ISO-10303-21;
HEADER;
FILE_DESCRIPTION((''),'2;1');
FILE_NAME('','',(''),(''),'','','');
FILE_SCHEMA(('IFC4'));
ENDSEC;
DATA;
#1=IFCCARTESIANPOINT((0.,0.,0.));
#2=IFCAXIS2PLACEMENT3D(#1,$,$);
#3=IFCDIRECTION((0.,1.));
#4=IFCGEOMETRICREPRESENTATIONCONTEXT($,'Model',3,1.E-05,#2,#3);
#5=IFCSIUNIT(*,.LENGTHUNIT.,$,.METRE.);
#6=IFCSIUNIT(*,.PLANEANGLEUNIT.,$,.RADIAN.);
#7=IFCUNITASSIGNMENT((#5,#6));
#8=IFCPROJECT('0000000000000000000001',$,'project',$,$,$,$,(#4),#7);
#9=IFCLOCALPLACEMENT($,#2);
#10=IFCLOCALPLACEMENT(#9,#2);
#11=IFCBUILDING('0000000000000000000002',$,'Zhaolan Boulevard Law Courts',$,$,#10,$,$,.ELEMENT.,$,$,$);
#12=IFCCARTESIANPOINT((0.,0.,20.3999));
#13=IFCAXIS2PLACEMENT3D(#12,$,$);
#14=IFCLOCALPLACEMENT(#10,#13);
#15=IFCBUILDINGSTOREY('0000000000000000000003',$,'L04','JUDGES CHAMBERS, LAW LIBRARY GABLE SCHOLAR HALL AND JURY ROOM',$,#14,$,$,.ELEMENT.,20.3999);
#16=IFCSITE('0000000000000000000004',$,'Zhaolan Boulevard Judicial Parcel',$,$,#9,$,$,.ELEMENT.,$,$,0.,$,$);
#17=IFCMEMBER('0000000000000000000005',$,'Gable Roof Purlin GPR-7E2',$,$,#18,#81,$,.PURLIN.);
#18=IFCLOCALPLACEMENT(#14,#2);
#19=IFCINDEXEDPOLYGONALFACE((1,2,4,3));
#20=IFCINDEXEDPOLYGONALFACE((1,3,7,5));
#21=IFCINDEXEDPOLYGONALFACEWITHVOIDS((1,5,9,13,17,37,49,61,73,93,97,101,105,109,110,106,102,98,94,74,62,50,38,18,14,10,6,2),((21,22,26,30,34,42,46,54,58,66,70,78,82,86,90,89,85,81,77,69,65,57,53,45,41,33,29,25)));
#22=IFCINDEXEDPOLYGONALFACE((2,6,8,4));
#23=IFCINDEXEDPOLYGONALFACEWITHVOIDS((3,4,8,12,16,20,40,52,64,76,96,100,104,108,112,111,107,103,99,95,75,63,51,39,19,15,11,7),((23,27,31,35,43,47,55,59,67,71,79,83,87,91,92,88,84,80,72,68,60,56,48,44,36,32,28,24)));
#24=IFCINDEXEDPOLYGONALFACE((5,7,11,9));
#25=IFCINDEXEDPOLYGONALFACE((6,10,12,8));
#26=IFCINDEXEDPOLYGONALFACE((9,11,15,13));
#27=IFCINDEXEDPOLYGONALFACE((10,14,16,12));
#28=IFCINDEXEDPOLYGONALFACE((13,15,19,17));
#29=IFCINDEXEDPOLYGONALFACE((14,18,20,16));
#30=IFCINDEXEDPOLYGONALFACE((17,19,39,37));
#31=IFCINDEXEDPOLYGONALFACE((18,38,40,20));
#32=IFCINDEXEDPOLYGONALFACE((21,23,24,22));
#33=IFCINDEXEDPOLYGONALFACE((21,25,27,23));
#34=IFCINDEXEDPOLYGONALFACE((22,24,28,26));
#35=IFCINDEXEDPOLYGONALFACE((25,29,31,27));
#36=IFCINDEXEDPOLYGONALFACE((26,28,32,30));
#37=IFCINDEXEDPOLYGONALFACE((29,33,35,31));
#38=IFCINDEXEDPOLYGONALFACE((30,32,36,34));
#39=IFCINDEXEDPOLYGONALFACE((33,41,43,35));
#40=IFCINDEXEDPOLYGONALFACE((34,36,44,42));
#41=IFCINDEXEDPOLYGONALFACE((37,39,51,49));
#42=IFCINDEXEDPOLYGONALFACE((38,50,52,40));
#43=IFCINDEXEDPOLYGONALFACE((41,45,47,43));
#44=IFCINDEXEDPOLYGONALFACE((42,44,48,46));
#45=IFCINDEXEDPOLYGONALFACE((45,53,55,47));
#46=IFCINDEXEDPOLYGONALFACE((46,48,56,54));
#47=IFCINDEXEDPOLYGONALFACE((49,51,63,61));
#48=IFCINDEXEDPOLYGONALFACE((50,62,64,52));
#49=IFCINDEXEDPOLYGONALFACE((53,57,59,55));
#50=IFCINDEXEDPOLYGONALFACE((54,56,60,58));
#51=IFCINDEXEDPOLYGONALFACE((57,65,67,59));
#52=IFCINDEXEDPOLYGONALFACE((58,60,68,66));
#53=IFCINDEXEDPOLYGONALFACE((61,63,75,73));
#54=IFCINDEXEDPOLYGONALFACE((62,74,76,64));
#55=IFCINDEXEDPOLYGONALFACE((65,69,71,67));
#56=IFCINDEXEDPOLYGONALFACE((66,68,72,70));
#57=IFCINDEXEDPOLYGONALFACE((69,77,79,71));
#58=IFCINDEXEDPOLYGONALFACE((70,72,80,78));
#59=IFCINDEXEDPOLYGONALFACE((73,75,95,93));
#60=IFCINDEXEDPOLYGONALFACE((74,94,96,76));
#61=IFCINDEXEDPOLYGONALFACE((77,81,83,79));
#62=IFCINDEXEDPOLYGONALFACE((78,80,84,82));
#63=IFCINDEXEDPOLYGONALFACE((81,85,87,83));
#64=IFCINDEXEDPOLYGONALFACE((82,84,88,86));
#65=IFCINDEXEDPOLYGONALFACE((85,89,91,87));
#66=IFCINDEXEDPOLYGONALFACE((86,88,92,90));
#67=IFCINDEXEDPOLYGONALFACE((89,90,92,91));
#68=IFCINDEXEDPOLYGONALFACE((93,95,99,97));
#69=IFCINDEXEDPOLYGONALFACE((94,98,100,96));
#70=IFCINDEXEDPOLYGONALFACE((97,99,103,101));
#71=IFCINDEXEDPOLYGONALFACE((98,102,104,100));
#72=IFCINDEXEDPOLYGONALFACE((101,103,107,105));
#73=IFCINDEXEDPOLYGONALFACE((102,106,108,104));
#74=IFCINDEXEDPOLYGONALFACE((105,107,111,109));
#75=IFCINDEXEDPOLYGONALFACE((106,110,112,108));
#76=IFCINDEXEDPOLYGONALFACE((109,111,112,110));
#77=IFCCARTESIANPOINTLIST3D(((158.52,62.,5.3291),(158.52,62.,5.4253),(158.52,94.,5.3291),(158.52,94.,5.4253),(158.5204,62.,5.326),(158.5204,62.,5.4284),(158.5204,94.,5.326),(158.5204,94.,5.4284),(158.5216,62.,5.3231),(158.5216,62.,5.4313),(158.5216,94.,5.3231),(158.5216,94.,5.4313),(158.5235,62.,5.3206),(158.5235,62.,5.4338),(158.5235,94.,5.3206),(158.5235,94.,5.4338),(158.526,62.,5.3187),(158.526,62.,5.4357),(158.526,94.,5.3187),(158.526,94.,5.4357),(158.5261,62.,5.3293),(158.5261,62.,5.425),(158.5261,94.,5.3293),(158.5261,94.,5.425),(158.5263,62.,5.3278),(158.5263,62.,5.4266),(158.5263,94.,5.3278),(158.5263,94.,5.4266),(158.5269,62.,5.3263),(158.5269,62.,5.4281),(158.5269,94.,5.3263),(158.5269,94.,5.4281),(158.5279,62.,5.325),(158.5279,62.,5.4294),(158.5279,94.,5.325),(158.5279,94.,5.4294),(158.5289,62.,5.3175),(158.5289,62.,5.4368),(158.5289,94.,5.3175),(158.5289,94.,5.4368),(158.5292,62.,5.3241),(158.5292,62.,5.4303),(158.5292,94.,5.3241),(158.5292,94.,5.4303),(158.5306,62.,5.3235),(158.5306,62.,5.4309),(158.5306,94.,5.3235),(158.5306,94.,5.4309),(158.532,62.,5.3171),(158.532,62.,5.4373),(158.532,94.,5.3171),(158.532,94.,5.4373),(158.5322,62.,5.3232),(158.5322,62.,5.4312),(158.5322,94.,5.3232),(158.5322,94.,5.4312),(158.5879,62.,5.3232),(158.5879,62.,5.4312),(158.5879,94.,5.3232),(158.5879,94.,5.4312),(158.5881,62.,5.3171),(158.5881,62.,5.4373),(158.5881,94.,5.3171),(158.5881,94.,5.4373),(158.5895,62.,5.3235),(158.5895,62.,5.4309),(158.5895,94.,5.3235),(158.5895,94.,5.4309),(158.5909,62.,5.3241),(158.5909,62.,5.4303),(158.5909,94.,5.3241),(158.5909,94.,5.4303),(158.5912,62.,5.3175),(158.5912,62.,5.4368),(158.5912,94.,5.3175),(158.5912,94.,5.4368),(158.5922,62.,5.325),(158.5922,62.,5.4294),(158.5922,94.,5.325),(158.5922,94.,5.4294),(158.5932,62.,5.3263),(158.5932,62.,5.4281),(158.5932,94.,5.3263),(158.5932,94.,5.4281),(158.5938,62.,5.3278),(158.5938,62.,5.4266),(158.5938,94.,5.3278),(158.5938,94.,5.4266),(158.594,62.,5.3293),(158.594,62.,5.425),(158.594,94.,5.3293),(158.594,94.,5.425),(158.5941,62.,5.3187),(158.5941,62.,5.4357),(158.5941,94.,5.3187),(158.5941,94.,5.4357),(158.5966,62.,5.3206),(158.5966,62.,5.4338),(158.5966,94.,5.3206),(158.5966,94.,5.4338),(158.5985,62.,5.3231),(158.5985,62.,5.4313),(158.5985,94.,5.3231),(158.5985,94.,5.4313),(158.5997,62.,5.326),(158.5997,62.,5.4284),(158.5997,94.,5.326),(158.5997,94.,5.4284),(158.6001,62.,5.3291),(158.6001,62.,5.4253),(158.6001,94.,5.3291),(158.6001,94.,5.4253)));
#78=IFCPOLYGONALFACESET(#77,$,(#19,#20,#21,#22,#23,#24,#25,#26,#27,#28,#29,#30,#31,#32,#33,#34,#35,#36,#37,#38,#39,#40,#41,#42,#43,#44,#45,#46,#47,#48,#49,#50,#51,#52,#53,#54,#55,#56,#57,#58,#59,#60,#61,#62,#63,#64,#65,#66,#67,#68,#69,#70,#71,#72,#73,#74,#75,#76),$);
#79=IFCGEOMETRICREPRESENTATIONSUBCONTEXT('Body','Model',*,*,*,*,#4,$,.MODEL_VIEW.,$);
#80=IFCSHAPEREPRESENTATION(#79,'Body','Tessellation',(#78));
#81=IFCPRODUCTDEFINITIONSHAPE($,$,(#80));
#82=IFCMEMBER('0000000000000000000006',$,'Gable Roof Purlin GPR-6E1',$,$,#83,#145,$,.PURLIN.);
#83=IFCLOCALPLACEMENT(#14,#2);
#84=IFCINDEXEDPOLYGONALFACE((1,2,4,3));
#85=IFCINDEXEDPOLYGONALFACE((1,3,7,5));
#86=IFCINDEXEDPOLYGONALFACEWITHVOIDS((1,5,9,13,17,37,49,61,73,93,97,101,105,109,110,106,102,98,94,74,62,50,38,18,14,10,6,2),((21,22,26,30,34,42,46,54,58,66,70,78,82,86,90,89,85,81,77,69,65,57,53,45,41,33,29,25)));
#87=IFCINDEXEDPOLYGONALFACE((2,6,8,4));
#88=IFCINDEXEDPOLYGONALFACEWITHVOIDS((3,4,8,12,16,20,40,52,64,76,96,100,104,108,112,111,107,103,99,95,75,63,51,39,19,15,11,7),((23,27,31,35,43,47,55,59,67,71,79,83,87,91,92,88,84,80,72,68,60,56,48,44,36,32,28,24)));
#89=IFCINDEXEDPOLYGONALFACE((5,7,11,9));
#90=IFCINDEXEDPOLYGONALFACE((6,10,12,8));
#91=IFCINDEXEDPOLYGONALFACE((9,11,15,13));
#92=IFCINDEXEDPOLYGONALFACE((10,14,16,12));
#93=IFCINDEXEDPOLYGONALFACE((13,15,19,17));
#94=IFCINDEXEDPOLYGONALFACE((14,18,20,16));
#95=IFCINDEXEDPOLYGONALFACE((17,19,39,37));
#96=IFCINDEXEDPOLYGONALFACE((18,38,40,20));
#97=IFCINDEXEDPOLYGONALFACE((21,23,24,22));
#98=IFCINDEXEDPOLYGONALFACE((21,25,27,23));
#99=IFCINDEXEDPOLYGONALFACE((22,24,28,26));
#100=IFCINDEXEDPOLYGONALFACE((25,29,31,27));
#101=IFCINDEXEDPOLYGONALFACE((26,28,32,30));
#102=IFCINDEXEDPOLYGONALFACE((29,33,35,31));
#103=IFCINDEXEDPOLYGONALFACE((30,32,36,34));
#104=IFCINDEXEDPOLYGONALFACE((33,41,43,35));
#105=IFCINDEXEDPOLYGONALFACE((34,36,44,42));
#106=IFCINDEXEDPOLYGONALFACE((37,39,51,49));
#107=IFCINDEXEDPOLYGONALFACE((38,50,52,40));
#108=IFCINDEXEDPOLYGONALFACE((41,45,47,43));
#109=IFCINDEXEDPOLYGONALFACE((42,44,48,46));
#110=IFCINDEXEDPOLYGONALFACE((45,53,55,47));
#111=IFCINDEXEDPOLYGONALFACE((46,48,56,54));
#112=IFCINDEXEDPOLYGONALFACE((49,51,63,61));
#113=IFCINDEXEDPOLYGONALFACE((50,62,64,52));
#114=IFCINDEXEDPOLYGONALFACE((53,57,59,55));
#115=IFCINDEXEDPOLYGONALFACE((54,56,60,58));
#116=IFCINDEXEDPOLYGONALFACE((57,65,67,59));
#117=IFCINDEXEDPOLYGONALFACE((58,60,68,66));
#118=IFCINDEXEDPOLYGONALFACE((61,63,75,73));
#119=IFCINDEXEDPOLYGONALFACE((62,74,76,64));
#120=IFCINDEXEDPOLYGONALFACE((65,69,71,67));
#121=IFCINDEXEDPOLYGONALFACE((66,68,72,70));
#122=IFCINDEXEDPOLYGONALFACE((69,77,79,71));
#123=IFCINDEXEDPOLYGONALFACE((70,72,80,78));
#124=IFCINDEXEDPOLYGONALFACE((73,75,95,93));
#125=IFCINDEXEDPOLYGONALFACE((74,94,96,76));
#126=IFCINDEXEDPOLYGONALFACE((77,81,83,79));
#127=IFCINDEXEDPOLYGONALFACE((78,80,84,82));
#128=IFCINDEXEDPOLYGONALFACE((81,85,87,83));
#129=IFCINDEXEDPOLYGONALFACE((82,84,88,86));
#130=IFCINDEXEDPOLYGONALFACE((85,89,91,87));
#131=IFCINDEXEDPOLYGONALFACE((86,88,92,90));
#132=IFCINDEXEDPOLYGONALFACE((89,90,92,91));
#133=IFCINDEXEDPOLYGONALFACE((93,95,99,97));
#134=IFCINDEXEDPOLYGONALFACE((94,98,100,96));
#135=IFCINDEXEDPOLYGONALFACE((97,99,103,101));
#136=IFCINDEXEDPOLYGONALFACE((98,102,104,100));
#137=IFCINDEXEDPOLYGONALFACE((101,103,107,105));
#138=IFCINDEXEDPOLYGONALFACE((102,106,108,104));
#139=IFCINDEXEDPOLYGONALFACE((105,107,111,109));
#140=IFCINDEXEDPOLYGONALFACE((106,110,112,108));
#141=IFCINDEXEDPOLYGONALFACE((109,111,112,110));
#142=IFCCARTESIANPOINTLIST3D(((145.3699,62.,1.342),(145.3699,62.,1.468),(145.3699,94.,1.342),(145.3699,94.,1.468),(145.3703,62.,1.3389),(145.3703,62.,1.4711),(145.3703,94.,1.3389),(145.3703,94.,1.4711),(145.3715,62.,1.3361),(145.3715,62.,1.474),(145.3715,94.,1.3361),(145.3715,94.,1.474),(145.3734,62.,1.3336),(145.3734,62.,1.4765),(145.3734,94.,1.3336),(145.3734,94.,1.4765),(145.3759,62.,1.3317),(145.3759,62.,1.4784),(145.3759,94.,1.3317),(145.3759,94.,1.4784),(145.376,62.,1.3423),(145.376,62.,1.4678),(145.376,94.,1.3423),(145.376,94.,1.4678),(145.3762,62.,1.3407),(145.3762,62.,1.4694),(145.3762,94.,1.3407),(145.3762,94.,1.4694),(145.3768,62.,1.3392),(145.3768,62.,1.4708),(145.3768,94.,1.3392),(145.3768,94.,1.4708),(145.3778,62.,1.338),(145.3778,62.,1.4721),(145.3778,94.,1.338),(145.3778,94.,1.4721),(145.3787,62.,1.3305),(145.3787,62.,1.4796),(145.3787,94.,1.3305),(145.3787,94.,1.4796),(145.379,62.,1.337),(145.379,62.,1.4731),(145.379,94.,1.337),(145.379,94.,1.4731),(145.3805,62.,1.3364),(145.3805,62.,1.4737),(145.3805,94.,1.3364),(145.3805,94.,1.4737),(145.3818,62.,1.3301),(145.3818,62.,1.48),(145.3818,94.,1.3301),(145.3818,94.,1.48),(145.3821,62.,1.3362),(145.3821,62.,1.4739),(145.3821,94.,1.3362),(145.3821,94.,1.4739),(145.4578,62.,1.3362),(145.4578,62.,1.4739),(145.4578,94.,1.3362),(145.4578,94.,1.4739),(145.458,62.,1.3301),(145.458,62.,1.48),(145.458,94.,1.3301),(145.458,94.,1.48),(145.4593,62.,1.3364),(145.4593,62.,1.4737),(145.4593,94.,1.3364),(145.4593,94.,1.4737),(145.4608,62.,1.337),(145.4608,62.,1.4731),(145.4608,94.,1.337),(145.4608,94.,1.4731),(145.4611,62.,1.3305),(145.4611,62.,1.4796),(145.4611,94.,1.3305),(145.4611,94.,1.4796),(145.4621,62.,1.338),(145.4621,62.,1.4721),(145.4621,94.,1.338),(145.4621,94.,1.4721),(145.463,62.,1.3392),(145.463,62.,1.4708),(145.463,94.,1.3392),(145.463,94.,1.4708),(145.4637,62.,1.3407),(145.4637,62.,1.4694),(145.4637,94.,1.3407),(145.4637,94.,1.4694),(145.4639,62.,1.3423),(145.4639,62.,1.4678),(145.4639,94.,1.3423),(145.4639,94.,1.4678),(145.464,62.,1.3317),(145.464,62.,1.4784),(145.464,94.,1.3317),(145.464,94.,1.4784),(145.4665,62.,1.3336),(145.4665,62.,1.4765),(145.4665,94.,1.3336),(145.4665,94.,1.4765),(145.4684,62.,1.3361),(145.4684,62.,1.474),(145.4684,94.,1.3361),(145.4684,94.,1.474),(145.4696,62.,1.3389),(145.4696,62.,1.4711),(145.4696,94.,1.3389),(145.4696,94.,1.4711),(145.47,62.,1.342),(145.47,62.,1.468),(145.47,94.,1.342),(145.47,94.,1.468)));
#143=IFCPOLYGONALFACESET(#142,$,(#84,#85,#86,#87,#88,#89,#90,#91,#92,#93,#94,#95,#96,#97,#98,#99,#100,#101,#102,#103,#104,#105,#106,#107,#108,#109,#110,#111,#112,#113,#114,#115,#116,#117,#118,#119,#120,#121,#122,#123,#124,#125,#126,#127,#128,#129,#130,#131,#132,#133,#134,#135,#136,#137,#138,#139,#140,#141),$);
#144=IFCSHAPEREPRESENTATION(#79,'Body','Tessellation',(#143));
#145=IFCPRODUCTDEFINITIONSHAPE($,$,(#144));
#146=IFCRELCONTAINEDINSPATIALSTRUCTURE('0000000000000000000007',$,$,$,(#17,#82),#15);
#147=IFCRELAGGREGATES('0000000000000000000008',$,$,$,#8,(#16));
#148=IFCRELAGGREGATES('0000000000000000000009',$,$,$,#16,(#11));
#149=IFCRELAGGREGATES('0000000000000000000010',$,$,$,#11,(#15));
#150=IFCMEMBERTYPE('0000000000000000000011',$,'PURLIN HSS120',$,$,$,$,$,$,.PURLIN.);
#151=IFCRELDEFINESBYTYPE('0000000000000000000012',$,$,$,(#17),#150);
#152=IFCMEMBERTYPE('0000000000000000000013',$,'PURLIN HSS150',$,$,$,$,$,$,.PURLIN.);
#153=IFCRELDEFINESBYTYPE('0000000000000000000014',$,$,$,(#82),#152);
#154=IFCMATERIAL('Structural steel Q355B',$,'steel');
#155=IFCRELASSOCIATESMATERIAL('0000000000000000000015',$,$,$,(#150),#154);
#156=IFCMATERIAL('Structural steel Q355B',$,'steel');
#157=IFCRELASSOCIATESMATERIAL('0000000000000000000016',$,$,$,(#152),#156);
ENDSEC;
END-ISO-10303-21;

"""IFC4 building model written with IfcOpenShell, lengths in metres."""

from ifc_helpers import new_model, si_unit, direction, frame, origin, origin_2d, place, context, subcontext, project, spatial, hollow_rectangle, extrude, material, material_profile, profile_set, type_object, element, save


model = new_model("IFC4")

# Units and contexts
model_context = context("Model", 3, precision=1e-05, world=origin(), true_north=direction((0.0, 1.0)))
body_context = subcontext(model_context, "Body", "Model", "MODEL_VIEW")
ifc_project = project(units=[si_unit("LENGTHUNIT", "METRE"), si_unit("PLANEANGLEUNIT", "RADIAN")], contexts=[model_context])

# Site, building, storey
site_placement = place(None, origin())
site = spatial("IfcSite", under=ifc_project, at=site_placement, Name="Zhaolan Boulevard Judicial Parcel", CompositionType="ELEMENT", RefElevation=0.0)
building_placement = place(site_placement, origin())
building = spatial("IfcBuilding", under=site, at=building_placement, Name="Zhaolan Boulevard Law Courts", CompositionType="ELEMENT")
storey_placement = place(building_placement, frame((0.0, 0.0, 20.3999)))
storey = spatial("IfcBuildingStorey", under=building, at=storey_placement, Name="L04", Description="JUDGES CHAMBERS, LAW LIBRARY GABLE SCHOLAR HALL AND JURY ROOM", CompositionType="ELEMENT", Elevation=20.3999)

# Members
ifc_material_1 = material(Name="Structural steel Q355B", Category="steel")
ifc_material_profile_1 = material_profile(ifc_material_1, hollow_rectangle(XDim=0.0801, YDim=0.1201, WallThickness=0.0061, InnerFilletRadius=0.0061, OuterFilletRadius=0.012, at=origin_2d()), Name="HSS120x80x6")
ifc_profile_set_1 = profile_set([ifc_material_profile_1], Name="Structural steel Q355B")
member_type_1 = type_object("IfcMemberType", Name="PURLIN HSS120", PredefinedType="PURLIN", material=ifc_profile_set_1)
for number, where, z_axis, x_axis, name in (
    (1, (158.5601, 62.0, 5.3772), (0.0, 1.0, 0.0), (-1.0, 0.0, 0.0), "Gable Roof Purlin GPR-7E2"),
):
    element("IfcMember", number, at=place(storey_placement, frame(where, z_axis=z_axis, x_axis=x_axis)), inside=storey, type_object=member_type_1, Name=name, PredefinedType="PURLIN", context=body_context, shape_type="SweptSolid", body=[
        extrude(hollow_rectangle(XDim=0.0801, YDim=0.1201, WallThickness=0.0061, InnerFilletRadius=0.0061, OuterFilletRadius=0.012, at=origin_2d()), origin(), (0.0, 0.0, 1.0), 32.0),
    ])
ifc_material_2 = material(Name="Structural steel Q355B", Category="steel")
ifc_material_profile_2 = material_profile(ifc_material_2, hollow_rectangle(XDim=0.1001, YDim=0.1499, WallThickness=0.0061, InnerFilletRadius=0.0061, OuterFilletRadius=0.012, at=origin_2d()), Name="HSS150x100x6")
ifc_profile_set_2 = profile_set([ifc_material_profile_2], Name="Structural steel Q355B")
member_type_2 = type_object("IfcMemberType", Name="PURLIN HSS150", PredefinedType="PURLIN", material=ifc_profile_set_2)
for number, where, z_axis, x_axis, name in (
    (2, (145.4199, 62.0, 1.405), (0.0, 1.0, 0.0), (-1.0, 0.0, 0.0), "Gable Roof Purlin GPR-6E1"),
):
    element("IfcMember", number, at=place(storey_placement, frame(where, z_axis=z_axis, x_axis=x_axis)), inside=storey, type_object=member_type_2, Name=name, PredefinedType="PURLIN", context=body_context, shape_type="SweptSolid", body=[
        extrude(hollow_rectangle(XDim=0.1001, YDim=0.1499, WallThickness=0.0061, InnerFilletRadius=0.0061, OuterFilletRadius=0.012, at=origin_2d()), origin(), (0.0, 0.0, 1.0), 32.0),
    ])

save(model, "model.ifc")
